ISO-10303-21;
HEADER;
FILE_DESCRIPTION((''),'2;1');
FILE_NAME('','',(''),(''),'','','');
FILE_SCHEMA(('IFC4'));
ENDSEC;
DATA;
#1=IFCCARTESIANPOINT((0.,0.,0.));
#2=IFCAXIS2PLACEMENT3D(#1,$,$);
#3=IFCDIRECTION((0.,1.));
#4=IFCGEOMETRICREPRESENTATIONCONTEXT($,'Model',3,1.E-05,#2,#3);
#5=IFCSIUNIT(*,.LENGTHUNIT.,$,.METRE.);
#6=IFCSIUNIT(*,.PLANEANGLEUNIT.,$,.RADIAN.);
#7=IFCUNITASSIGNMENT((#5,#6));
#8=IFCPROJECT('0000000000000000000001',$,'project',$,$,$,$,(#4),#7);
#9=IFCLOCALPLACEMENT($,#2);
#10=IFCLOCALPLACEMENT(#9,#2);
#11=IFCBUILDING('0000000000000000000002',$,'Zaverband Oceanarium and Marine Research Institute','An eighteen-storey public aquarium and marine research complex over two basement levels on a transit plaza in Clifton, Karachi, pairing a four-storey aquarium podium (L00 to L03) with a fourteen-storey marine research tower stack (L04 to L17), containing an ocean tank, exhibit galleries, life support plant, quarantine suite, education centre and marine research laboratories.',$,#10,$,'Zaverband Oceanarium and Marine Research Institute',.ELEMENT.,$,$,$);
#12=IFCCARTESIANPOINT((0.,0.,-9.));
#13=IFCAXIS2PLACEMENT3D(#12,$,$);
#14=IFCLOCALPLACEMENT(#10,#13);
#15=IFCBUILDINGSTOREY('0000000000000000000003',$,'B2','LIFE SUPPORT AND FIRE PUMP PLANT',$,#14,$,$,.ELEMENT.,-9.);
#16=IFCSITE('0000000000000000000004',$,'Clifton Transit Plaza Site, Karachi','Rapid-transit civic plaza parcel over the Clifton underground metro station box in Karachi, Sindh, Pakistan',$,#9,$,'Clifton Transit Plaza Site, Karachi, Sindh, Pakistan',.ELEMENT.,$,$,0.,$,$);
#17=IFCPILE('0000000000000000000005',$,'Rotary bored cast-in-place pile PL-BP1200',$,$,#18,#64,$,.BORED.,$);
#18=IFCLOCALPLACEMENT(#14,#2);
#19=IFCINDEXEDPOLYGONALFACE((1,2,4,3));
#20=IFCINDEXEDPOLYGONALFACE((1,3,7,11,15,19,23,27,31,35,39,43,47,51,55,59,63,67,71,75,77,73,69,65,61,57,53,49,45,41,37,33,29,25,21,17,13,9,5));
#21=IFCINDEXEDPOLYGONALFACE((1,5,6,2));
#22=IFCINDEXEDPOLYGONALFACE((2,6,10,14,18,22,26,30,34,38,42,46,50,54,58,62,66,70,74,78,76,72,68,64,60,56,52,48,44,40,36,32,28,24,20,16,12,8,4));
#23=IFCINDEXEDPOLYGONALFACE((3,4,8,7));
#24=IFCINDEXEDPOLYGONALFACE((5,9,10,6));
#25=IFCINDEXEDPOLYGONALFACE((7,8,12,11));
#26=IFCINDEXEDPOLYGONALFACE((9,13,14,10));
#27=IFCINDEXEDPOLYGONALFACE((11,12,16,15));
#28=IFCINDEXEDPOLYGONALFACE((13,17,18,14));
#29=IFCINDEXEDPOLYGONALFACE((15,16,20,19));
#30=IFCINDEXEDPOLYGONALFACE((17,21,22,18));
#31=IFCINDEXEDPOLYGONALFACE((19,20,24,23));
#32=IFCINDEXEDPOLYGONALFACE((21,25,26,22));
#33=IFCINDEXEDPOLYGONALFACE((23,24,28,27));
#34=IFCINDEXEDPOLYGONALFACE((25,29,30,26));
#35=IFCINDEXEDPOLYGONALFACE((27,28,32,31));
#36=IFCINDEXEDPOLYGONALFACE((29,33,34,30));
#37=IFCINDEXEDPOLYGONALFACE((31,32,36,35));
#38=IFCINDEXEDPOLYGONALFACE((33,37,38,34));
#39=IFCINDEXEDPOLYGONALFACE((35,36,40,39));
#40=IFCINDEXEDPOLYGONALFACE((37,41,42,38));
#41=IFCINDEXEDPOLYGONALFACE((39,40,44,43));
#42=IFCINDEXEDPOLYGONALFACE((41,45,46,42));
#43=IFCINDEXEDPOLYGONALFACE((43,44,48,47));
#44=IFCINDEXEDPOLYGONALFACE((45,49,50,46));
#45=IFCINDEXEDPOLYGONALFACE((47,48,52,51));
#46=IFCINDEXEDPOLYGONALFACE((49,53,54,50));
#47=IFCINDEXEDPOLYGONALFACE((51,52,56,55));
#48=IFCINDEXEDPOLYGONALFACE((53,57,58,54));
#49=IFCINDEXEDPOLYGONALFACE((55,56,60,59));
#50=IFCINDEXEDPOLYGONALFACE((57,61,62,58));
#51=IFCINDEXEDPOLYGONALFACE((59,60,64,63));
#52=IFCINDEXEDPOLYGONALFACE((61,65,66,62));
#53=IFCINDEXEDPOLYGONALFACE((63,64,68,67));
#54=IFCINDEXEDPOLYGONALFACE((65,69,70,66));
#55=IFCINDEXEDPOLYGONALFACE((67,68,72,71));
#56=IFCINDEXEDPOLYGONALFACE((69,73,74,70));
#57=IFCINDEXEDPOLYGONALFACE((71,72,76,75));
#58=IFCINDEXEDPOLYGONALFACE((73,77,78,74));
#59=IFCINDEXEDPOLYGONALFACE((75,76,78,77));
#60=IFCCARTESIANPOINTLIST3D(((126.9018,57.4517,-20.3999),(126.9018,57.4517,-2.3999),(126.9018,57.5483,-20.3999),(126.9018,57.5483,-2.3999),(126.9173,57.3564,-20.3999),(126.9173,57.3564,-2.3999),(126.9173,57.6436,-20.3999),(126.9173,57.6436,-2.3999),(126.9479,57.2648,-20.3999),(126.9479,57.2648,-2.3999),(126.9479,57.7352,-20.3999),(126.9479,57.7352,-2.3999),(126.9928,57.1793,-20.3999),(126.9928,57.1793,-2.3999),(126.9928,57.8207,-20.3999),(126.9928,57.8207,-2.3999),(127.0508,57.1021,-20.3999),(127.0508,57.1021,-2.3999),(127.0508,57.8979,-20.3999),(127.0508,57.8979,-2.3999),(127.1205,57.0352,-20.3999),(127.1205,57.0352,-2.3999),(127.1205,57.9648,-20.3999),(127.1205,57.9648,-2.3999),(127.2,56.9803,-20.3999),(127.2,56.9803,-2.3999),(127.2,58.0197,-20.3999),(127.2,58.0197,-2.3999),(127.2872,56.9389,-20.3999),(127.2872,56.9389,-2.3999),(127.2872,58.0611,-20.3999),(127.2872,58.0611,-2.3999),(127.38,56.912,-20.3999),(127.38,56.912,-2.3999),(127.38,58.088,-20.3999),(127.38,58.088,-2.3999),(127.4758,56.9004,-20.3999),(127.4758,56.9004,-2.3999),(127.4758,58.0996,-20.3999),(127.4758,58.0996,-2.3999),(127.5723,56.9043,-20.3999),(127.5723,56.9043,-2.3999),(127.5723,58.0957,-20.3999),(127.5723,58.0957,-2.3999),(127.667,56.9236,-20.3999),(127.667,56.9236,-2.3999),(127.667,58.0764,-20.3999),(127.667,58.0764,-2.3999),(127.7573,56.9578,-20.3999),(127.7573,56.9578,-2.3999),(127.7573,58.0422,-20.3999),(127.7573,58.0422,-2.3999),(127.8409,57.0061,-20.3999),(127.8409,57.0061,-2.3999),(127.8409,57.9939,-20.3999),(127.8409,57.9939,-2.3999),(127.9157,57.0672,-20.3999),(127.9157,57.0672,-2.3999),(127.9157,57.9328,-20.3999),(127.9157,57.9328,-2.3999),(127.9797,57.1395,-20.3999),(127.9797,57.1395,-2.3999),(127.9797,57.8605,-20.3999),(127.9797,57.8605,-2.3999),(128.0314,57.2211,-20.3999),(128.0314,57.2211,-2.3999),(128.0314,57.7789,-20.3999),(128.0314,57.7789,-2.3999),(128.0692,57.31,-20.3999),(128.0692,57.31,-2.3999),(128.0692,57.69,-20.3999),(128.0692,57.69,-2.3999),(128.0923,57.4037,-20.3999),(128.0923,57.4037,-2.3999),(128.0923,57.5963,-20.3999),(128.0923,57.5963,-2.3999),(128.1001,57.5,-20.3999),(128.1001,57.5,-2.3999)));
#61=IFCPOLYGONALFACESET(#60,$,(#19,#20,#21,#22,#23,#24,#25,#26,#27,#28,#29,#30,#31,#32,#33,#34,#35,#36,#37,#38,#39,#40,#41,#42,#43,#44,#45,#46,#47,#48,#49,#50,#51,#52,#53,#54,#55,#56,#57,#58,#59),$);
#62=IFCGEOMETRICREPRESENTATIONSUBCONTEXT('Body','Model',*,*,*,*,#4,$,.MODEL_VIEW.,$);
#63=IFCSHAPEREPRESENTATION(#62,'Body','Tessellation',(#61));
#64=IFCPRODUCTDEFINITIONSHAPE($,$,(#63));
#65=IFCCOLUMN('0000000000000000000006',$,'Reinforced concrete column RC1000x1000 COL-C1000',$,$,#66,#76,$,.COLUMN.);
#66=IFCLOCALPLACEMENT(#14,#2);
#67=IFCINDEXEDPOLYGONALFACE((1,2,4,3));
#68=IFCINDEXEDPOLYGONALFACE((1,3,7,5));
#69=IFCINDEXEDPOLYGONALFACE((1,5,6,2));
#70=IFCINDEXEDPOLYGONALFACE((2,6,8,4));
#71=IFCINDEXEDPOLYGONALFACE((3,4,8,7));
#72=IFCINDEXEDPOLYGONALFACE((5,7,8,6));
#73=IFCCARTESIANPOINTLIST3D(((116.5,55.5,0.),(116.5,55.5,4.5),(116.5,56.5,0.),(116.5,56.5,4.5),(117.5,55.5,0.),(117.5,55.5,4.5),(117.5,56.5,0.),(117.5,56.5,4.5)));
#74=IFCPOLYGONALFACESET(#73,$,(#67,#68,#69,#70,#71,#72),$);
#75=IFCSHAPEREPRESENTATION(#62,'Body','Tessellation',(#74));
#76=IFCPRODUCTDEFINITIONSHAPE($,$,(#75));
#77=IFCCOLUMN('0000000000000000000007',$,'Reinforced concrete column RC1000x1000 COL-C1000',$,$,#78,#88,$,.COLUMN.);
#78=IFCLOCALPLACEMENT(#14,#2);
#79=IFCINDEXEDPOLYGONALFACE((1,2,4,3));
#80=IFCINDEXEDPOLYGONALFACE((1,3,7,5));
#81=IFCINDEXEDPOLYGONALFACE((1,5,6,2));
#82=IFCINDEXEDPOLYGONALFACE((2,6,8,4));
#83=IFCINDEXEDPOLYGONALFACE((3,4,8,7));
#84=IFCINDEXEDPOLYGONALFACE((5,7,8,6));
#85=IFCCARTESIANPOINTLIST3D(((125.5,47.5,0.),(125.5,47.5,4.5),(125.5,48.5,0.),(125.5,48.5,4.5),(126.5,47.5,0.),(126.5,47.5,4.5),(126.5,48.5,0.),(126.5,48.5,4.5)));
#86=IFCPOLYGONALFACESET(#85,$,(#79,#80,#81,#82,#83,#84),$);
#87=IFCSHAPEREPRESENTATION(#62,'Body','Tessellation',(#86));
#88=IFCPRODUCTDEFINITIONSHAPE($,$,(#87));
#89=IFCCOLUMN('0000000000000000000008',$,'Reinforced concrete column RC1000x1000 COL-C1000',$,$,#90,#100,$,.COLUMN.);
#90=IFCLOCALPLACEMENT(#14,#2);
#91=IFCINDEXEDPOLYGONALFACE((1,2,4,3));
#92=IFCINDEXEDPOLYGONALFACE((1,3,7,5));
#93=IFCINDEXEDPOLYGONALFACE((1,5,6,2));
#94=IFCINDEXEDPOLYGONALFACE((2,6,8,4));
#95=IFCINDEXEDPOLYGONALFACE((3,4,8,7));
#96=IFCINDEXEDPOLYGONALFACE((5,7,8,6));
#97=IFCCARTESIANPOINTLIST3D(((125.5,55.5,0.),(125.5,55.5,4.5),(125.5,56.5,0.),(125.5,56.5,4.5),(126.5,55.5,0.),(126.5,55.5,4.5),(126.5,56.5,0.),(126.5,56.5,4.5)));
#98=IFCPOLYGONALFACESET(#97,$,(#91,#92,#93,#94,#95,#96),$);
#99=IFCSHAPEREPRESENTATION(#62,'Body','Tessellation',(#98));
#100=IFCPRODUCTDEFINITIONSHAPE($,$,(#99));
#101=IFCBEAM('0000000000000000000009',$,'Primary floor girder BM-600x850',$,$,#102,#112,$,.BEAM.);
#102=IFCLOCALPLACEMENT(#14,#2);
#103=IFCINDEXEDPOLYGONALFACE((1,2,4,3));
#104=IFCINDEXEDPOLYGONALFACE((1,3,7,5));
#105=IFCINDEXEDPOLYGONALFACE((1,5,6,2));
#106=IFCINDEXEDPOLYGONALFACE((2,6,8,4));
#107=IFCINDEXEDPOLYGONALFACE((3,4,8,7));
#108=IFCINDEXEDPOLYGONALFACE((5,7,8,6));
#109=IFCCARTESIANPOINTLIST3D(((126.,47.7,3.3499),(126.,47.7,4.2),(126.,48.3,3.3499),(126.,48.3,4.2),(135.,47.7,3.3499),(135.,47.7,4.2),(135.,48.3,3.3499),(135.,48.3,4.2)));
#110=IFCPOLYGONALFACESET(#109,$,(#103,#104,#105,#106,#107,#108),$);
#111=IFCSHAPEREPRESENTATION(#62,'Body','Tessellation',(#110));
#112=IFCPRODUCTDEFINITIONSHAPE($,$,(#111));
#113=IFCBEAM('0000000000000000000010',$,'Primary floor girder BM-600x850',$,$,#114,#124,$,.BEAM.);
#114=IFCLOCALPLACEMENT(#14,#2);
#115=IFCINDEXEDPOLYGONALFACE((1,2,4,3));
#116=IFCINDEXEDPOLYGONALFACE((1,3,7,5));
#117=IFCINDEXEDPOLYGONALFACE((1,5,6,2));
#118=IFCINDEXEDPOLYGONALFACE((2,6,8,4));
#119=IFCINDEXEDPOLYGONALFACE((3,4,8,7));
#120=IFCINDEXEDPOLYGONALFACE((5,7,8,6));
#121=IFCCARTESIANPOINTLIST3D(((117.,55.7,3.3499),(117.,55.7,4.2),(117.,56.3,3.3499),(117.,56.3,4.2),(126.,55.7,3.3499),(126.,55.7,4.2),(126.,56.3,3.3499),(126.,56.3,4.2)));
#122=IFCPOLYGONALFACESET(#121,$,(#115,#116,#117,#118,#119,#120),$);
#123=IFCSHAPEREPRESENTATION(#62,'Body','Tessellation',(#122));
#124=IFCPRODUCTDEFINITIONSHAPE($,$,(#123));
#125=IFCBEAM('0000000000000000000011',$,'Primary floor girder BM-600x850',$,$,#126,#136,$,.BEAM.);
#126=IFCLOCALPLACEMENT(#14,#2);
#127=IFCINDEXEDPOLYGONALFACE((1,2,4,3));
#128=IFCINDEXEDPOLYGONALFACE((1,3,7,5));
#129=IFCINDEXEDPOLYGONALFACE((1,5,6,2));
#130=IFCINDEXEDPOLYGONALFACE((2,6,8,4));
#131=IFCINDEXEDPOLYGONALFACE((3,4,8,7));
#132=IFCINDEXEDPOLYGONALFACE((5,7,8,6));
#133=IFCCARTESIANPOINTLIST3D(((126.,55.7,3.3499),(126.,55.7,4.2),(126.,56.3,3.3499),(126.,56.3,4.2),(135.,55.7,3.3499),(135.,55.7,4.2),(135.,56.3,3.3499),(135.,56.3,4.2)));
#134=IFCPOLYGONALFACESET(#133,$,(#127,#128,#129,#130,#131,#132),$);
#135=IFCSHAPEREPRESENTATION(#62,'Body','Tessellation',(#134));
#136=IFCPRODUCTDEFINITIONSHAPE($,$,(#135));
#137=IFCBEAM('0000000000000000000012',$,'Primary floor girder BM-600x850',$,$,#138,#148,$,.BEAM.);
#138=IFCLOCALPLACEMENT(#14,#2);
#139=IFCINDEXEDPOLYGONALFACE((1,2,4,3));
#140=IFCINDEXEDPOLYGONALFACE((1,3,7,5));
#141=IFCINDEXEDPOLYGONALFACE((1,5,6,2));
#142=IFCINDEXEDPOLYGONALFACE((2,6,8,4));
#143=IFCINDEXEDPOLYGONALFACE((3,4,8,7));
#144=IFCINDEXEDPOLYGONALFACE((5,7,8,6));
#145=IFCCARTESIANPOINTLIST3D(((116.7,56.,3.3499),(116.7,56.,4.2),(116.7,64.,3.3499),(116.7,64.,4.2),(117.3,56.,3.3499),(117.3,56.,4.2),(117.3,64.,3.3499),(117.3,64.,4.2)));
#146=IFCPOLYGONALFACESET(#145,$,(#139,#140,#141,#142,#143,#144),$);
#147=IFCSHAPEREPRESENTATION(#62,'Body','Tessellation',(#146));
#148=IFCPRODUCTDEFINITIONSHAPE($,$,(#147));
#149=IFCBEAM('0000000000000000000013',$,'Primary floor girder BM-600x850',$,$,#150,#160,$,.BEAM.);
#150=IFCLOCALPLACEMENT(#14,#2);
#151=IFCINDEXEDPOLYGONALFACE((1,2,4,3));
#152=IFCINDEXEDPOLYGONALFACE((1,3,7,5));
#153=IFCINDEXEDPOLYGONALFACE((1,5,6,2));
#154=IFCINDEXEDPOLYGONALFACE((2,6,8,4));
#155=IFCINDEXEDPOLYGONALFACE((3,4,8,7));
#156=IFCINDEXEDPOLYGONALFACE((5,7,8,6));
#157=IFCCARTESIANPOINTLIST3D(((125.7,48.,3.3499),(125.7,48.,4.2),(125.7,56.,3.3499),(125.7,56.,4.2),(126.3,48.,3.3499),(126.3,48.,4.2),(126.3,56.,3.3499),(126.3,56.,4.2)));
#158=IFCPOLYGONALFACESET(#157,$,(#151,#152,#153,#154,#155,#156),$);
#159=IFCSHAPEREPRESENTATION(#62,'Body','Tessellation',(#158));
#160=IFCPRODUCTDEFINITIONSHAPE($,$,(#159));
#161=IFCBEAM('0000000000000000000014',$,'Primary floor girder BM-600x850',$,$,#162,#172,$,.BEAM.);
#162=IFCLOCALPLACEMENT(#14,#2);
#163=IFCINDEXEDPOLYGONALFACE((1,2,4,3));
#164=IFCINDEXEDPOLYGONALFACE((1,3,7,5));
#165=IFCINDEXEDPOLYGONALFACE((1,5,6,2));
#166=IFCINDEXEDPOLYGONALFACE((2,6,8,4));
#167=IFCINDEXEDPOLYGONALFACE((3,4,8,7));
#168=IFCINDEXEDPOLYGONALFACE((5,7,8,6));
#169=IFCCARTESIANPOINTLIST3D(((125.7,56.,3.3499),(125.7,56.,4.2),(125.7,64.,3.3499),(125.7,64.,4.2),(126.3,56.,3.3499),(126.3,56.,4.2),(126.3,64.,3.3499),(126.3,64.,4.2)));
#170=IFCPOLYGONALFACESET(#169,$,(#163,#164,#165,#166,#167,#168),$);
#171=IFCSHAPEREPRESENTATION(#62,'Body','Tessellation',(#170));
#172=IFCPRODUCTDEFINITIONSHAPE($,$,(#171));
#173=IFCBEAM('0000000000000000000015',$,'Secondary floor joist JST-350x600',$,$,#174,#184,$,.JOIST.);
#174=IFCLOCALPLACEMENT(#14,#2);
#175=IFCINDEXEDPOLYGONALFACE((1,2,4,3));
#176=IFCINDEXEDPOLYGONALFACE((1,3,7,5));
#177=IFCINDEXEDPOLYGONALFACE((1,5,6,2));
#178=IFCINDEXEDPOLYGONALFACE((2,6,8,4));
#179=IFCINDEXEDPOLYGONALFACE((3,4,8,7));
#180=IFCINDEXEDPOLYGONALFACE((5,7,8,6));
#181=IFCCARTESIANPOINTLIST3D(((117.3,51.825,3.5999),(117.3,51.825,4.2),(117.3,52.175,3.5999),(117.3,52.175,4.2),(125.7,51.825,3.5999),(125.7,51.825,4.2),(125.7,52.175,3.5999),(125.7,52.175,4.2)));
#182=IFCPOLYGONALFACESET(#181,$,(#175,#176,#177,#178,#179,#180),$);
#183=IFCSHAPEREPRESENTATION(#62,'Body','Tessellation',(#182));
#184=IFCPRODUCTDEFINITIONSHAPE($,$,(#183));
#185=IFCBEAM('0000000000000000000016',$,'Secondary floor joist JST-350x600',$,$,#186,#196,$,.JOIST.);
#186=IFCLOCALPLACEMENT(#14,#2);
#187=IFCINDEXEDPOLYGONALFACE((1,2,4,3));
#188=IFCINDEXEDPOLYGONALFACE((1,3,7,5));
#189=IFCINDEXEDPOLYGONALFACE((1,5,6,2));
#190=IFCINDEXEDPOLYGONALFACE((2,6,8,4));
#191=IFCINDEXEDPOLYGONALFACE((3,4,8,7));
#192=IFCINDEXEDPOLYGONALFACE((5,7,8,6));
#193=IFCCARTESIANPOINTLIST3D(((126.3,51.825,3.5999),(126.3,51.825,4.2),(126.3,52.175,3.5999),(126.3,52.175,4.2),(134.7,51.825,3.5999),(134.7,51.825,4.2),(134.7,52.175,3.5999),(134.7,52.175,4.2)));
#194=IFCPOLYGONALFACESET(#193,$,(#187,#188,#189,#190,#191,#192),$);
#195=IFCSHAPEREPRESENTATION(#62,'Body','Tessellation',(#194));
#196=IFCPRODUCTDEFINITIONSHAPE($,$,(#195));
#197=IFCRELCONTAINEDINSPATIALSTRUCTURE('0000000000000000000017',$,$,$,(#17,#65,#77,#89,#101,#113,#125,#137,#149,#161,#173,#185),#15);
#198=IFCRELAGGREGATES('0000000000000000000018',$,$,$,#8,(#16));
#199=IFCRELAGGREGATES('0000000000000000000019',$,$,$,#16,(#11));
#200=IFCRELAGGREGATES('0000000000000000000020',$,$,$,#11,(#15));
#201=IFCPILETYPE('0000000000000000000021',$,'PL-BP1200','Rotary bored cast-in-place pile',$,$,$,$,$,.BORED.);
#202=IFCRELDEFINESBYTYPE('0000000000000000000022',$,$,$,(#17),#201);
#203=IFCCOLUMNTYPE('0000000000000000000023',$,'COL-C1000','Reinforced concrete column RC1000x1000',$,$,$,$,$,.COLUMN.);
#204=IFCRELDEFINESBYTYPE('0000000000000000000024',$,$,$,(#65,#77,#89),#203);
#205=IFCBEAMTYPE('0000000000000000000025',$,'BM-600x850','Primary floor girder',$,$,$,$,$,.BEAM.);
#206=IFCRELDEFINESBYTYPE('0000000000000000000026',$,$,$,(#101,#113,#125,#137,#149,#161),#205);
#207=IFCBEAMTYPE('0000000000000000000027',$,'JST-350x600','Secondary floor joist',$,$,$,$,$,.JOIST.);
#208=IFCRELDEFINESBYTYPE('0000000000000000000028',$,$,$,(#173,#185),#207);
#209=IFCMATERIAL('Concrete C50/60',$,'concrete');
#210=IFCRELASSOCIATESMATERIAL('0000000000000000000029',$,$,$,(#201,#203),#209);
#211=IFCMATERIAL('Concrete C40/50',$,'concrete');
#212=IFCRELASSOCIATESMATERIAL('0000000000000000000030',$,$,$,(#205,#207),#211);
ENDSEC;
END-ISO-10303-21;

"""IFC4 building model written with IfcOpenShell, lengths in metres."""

from ifc_helpers import new_model, si_unit, direction, frame, origin, origin_2d, place, context, subcontext, project, spatial, rectangle, circle, extrude, material, material_profile, profile_set, type_object, element, save


model = new_model("IFC4")

# Units and contexts
model_context = context("Model", 3, precision=1e-05, world=origin(), true_north=direction((0.0, 1.0)))
body_context = subcontext(model_context, "Body", "Model", "MODEL_VIEW")
ifc_project = project(units=[si_unit("LENGTHUNIT", "METRE"), si_unit("PLANEANGLEUNIT", "RADIAN")], contexts=[model_context])

# Site, building, storey
site_placement = place(None, origin())
site = spatial("IfcSite", under=ifc_project, at=site_placement, Name="Clifton Transit Plaza Site, Karachi", Description="Rapid-transit civic plaza parcel over the Clifton underground metro station box in Karachi, Sindh, Pakistan", LongName="Clifton Transit Plaza Site, Karachi, Sindh, Pakistan", CompositionType="ELEMENT", RefElevation=0.0)
building_placement = place(site_placement, origin())
building = spatial("IfcBuilding", under=site, at=building_placement, Name="Zaverband Oceanarium and Marine Research Institute", Description="An eighteen-storey public aquarium and marine research complex over two basement levels on a transit plaza in Clifton, Karachi, pairing a four-storey aquarium podium (L00 to L03) with a fourteen-storey marine research tower stack (L04 to L17), containing an ocean tank, exhibit galleries, life support plant, quarantine suite, education centre and marine research laboratories.", LongName="Zaverband Oceanarium and Marine Research Institute", CompositionType="ELEMENT")
storey_placement = place(building_placement, frame((0.0, 0.0, -9.0)))
storey = spatial("IfcBuildingStorey", under=building, at=storey_placement, Name="B2", Description="LIFE SUPPORT AND FIRE PUMP PLANT", CompositionType="ELEMENT", Elevation=-9.0)

# Shared definitions
ifc_material_1 = material(Name="Concrete C50/60", Category="concrete")

# Pile
ifc_material_profile_1 = material_profile(ifc_material_1, circle(Radius=0.6001, at=origin_2d()), Name="BP1200")
ifc_profile_set_1 = profile_set([ifc_material_profile_1], Name="Concrete C50/60")
pile_type = type_object("IfcPileType", Name="PL-BP1200", Description="Rotary bored cast-in-place pile", PredefinedType="BORED", material=ifc_profile_set_1)
for number, where, z_axis, x_axis, name in (
    (1, (127.5, 57.5, -2.3999), (0.0, 0.0, -1.0), (1.0, 0.0, 0.0), "Rotary bored cast-in-place pile PL-BP1200"),
):
    element("IfcPile", number, at=place(storey_placement, frame(where, z_axis=z_axis, x_axis=x_axis)), inside=storey, type_object=pile_type, Name=name, PredefinedType="BORED", context=body_context, shape_type="SweptSolid", body=[
        extrude(circle(Radius=0.6001, at=origin_2d()), origin(), (0.0, 0.0, 1.0), 18.0),
    ])

# Columns
ifc_material_profile_2 = material_profile(ifc_material_1, rectangle(XDim=1.0, YDim=1.0, at=origin_2d()), Name="RC1000x1000")
ifc_profile_set_2 = profile_set([ifc_material_profile_2], Name="Concrete C50/60")
column_type = type_object("IfcColumnType", Name="COL-C1000", Description="Reinforced concrete column RC1000x1000", PredefinedType="COLUMN", material=ifc_profile_set_2)
for number, where, z_axis, x_axis, name in (
    (2, (117.0, 56.0, 0.0), (0.0, 0.0, 1.0), (1.0, 0.0, 0.0), "Reinforced concrete column RC1000x1000 COL-C1000"),
    (3, (126.0, 48.0, 0.0), (0.0, 0.0, 1.0), (1.0, 0.0, 0.0), "Reinforced concrete column RC1000x1000 COL-C1000"),
    (4, (126.0, 56.0, 0.0), (0.0, 0.0, 1.0), (1.0, 0.0, 0.0), "Reinforced concrete column RC1000x1000 COL-C1000"),
):
    element("IfcColumn", number, at=place(storey_placement, frame(where, z_axis=z_axis, x_axis=x_axis)), inside=storey, type_object=column_type, Name=name, PredefinedType="COLUMN", context=body_context, shape_type="SweptSolid", body=[
        extrude(rectangle(XDim=1.0, YDim=1.0, at=origin_2d()), origin(), (0.0, 0.0, 1.0), 4.5),
    ])

# Beams
ifc_material_2 = material(Name="Concrete C40/50", Category="concrete")
ifc_material_profile_3 = material_profile(ifc_material_2, rectangle(XDim=0.6001, YDim=0.8501, at=origin_2d()), Name="RC600x850")
ifc_profile_set_3 = profile_set([ifc_material_profile_3], Name="Concrete C40/50")
beam_type_1 = type_object("IfcBeamType", Name="BM-600x850", Description="Primary floor girder", PredefinedType="BEAM", material=ifc_profile_set_3)
for number, where, z_axis, x_axis, name in (
    (5, (126.0, 48.0, 3.7749), (1.0, 0.0, 0.0), (0.0, 1.0, 0.0), "Primary floor girder BM-600x850"),
    (6, (117.0, 56.0, 3.7749), (1.0, 0.0, 0.0), (0.0, 1.0, 0.0), "Primary floor girder BM-600x850"),
    (7, (126.0, 56.0, 3.7749), (1.0, 0.0, 0.0), (0.0, 1.0, 0.0), "Primary floor girder BM-600x850"),
):
    element("IfcBeam", number, at=place(storey_placement, frame(where, z_axis=z_axis, x_axis=x_axis)), inside=storey, type_object=beam_type_1, Name=name, PredefinedType="BEAM", context=body_context, shape_type="SweptSolid", body=[
        extrude(rectangle(XDim=0.6001, YDim=0.8501, at=origin_2d()), origin(), (0.0, 0.0, 1.0), 9.0),
    ])
for number, where, z_axis, x_axis, name in (
    (8, (117.0, 56.0, 3.7749), (0.0, 1.0, 0.0), (-1.0, 0.0, 0.0), "Primary floor girder BM-600x850"),
    (9, (126.0, 48.0, 3.7749), (0.0, 1.0, 0.0), (-1.0, 0.0, 0.0), "Primary floor girder BM-600x850"),
    (10, (126.0, 56.0, 3.7749), (0.0, 1.0, 0.0), (-1.0, 0.0, 0.0), "Primary floor girder BM-600x850"),
):
    element("IfcBeam", number, at=place(storey_placement, frame(where, z_axis=z_axis, x_axis=x_axis)), inside=storey, type_object=beam_type_1, Name=name, PredefinedType="BEAM", context=body_context, shape_type="SweptSolid", body=[
        extrude(rectangle(XDim=0.6001, YDim=0.8501, at=origin_2d()), origin(), (0.0, 0.0, 1.0), 8.0),
    ])
ifc_material_profile_4 = material_profile(ifc_material_2, rectangle(XDim=0.3501, YDim=0.6001, at=origin_2d()), Name="RC350x600")
ifc_profile_set_4 = profile_set([ifc_material_profile_4], Name="Concrete C40/50")
beam_type_2 = type_object("IfcBeamType", Name="JST-350x600", Description="Secondary floor joist", PredefinedType="JOIST", material=ifc_profile_set_4)
for number, where, z_axis, x_axis, name in (
    (11, (117.3, 52.0, 3.8999), (1.0, 0.0, 0.0), (0.0, 1.0, 0.0), "Secondary floor joist JST-350x600"),
    (12, (126.3, 52.0, 3.8999), (1.0, 0.0, 0.0), (0.0, 1.0, 0.0), "Secondary floor joist JST-350x600"),
):
    element("IfcBeam", number, at=place(storey_placement, frame(where, z_axis=z_axis, x_axis=x_axis)), inside=storey, type_object=beam_type_2, Name=name, PredefinedType="JOIST", context=body_context, shape_type="SweptSolid", body=[
        extrude(rectangle(XDim=0.3501, YDim=0.6001, at=origin_2d()), origin(), (0.0, 0.0, 1.0), 8.3999),
    ])

save(model, "model.ifc")
